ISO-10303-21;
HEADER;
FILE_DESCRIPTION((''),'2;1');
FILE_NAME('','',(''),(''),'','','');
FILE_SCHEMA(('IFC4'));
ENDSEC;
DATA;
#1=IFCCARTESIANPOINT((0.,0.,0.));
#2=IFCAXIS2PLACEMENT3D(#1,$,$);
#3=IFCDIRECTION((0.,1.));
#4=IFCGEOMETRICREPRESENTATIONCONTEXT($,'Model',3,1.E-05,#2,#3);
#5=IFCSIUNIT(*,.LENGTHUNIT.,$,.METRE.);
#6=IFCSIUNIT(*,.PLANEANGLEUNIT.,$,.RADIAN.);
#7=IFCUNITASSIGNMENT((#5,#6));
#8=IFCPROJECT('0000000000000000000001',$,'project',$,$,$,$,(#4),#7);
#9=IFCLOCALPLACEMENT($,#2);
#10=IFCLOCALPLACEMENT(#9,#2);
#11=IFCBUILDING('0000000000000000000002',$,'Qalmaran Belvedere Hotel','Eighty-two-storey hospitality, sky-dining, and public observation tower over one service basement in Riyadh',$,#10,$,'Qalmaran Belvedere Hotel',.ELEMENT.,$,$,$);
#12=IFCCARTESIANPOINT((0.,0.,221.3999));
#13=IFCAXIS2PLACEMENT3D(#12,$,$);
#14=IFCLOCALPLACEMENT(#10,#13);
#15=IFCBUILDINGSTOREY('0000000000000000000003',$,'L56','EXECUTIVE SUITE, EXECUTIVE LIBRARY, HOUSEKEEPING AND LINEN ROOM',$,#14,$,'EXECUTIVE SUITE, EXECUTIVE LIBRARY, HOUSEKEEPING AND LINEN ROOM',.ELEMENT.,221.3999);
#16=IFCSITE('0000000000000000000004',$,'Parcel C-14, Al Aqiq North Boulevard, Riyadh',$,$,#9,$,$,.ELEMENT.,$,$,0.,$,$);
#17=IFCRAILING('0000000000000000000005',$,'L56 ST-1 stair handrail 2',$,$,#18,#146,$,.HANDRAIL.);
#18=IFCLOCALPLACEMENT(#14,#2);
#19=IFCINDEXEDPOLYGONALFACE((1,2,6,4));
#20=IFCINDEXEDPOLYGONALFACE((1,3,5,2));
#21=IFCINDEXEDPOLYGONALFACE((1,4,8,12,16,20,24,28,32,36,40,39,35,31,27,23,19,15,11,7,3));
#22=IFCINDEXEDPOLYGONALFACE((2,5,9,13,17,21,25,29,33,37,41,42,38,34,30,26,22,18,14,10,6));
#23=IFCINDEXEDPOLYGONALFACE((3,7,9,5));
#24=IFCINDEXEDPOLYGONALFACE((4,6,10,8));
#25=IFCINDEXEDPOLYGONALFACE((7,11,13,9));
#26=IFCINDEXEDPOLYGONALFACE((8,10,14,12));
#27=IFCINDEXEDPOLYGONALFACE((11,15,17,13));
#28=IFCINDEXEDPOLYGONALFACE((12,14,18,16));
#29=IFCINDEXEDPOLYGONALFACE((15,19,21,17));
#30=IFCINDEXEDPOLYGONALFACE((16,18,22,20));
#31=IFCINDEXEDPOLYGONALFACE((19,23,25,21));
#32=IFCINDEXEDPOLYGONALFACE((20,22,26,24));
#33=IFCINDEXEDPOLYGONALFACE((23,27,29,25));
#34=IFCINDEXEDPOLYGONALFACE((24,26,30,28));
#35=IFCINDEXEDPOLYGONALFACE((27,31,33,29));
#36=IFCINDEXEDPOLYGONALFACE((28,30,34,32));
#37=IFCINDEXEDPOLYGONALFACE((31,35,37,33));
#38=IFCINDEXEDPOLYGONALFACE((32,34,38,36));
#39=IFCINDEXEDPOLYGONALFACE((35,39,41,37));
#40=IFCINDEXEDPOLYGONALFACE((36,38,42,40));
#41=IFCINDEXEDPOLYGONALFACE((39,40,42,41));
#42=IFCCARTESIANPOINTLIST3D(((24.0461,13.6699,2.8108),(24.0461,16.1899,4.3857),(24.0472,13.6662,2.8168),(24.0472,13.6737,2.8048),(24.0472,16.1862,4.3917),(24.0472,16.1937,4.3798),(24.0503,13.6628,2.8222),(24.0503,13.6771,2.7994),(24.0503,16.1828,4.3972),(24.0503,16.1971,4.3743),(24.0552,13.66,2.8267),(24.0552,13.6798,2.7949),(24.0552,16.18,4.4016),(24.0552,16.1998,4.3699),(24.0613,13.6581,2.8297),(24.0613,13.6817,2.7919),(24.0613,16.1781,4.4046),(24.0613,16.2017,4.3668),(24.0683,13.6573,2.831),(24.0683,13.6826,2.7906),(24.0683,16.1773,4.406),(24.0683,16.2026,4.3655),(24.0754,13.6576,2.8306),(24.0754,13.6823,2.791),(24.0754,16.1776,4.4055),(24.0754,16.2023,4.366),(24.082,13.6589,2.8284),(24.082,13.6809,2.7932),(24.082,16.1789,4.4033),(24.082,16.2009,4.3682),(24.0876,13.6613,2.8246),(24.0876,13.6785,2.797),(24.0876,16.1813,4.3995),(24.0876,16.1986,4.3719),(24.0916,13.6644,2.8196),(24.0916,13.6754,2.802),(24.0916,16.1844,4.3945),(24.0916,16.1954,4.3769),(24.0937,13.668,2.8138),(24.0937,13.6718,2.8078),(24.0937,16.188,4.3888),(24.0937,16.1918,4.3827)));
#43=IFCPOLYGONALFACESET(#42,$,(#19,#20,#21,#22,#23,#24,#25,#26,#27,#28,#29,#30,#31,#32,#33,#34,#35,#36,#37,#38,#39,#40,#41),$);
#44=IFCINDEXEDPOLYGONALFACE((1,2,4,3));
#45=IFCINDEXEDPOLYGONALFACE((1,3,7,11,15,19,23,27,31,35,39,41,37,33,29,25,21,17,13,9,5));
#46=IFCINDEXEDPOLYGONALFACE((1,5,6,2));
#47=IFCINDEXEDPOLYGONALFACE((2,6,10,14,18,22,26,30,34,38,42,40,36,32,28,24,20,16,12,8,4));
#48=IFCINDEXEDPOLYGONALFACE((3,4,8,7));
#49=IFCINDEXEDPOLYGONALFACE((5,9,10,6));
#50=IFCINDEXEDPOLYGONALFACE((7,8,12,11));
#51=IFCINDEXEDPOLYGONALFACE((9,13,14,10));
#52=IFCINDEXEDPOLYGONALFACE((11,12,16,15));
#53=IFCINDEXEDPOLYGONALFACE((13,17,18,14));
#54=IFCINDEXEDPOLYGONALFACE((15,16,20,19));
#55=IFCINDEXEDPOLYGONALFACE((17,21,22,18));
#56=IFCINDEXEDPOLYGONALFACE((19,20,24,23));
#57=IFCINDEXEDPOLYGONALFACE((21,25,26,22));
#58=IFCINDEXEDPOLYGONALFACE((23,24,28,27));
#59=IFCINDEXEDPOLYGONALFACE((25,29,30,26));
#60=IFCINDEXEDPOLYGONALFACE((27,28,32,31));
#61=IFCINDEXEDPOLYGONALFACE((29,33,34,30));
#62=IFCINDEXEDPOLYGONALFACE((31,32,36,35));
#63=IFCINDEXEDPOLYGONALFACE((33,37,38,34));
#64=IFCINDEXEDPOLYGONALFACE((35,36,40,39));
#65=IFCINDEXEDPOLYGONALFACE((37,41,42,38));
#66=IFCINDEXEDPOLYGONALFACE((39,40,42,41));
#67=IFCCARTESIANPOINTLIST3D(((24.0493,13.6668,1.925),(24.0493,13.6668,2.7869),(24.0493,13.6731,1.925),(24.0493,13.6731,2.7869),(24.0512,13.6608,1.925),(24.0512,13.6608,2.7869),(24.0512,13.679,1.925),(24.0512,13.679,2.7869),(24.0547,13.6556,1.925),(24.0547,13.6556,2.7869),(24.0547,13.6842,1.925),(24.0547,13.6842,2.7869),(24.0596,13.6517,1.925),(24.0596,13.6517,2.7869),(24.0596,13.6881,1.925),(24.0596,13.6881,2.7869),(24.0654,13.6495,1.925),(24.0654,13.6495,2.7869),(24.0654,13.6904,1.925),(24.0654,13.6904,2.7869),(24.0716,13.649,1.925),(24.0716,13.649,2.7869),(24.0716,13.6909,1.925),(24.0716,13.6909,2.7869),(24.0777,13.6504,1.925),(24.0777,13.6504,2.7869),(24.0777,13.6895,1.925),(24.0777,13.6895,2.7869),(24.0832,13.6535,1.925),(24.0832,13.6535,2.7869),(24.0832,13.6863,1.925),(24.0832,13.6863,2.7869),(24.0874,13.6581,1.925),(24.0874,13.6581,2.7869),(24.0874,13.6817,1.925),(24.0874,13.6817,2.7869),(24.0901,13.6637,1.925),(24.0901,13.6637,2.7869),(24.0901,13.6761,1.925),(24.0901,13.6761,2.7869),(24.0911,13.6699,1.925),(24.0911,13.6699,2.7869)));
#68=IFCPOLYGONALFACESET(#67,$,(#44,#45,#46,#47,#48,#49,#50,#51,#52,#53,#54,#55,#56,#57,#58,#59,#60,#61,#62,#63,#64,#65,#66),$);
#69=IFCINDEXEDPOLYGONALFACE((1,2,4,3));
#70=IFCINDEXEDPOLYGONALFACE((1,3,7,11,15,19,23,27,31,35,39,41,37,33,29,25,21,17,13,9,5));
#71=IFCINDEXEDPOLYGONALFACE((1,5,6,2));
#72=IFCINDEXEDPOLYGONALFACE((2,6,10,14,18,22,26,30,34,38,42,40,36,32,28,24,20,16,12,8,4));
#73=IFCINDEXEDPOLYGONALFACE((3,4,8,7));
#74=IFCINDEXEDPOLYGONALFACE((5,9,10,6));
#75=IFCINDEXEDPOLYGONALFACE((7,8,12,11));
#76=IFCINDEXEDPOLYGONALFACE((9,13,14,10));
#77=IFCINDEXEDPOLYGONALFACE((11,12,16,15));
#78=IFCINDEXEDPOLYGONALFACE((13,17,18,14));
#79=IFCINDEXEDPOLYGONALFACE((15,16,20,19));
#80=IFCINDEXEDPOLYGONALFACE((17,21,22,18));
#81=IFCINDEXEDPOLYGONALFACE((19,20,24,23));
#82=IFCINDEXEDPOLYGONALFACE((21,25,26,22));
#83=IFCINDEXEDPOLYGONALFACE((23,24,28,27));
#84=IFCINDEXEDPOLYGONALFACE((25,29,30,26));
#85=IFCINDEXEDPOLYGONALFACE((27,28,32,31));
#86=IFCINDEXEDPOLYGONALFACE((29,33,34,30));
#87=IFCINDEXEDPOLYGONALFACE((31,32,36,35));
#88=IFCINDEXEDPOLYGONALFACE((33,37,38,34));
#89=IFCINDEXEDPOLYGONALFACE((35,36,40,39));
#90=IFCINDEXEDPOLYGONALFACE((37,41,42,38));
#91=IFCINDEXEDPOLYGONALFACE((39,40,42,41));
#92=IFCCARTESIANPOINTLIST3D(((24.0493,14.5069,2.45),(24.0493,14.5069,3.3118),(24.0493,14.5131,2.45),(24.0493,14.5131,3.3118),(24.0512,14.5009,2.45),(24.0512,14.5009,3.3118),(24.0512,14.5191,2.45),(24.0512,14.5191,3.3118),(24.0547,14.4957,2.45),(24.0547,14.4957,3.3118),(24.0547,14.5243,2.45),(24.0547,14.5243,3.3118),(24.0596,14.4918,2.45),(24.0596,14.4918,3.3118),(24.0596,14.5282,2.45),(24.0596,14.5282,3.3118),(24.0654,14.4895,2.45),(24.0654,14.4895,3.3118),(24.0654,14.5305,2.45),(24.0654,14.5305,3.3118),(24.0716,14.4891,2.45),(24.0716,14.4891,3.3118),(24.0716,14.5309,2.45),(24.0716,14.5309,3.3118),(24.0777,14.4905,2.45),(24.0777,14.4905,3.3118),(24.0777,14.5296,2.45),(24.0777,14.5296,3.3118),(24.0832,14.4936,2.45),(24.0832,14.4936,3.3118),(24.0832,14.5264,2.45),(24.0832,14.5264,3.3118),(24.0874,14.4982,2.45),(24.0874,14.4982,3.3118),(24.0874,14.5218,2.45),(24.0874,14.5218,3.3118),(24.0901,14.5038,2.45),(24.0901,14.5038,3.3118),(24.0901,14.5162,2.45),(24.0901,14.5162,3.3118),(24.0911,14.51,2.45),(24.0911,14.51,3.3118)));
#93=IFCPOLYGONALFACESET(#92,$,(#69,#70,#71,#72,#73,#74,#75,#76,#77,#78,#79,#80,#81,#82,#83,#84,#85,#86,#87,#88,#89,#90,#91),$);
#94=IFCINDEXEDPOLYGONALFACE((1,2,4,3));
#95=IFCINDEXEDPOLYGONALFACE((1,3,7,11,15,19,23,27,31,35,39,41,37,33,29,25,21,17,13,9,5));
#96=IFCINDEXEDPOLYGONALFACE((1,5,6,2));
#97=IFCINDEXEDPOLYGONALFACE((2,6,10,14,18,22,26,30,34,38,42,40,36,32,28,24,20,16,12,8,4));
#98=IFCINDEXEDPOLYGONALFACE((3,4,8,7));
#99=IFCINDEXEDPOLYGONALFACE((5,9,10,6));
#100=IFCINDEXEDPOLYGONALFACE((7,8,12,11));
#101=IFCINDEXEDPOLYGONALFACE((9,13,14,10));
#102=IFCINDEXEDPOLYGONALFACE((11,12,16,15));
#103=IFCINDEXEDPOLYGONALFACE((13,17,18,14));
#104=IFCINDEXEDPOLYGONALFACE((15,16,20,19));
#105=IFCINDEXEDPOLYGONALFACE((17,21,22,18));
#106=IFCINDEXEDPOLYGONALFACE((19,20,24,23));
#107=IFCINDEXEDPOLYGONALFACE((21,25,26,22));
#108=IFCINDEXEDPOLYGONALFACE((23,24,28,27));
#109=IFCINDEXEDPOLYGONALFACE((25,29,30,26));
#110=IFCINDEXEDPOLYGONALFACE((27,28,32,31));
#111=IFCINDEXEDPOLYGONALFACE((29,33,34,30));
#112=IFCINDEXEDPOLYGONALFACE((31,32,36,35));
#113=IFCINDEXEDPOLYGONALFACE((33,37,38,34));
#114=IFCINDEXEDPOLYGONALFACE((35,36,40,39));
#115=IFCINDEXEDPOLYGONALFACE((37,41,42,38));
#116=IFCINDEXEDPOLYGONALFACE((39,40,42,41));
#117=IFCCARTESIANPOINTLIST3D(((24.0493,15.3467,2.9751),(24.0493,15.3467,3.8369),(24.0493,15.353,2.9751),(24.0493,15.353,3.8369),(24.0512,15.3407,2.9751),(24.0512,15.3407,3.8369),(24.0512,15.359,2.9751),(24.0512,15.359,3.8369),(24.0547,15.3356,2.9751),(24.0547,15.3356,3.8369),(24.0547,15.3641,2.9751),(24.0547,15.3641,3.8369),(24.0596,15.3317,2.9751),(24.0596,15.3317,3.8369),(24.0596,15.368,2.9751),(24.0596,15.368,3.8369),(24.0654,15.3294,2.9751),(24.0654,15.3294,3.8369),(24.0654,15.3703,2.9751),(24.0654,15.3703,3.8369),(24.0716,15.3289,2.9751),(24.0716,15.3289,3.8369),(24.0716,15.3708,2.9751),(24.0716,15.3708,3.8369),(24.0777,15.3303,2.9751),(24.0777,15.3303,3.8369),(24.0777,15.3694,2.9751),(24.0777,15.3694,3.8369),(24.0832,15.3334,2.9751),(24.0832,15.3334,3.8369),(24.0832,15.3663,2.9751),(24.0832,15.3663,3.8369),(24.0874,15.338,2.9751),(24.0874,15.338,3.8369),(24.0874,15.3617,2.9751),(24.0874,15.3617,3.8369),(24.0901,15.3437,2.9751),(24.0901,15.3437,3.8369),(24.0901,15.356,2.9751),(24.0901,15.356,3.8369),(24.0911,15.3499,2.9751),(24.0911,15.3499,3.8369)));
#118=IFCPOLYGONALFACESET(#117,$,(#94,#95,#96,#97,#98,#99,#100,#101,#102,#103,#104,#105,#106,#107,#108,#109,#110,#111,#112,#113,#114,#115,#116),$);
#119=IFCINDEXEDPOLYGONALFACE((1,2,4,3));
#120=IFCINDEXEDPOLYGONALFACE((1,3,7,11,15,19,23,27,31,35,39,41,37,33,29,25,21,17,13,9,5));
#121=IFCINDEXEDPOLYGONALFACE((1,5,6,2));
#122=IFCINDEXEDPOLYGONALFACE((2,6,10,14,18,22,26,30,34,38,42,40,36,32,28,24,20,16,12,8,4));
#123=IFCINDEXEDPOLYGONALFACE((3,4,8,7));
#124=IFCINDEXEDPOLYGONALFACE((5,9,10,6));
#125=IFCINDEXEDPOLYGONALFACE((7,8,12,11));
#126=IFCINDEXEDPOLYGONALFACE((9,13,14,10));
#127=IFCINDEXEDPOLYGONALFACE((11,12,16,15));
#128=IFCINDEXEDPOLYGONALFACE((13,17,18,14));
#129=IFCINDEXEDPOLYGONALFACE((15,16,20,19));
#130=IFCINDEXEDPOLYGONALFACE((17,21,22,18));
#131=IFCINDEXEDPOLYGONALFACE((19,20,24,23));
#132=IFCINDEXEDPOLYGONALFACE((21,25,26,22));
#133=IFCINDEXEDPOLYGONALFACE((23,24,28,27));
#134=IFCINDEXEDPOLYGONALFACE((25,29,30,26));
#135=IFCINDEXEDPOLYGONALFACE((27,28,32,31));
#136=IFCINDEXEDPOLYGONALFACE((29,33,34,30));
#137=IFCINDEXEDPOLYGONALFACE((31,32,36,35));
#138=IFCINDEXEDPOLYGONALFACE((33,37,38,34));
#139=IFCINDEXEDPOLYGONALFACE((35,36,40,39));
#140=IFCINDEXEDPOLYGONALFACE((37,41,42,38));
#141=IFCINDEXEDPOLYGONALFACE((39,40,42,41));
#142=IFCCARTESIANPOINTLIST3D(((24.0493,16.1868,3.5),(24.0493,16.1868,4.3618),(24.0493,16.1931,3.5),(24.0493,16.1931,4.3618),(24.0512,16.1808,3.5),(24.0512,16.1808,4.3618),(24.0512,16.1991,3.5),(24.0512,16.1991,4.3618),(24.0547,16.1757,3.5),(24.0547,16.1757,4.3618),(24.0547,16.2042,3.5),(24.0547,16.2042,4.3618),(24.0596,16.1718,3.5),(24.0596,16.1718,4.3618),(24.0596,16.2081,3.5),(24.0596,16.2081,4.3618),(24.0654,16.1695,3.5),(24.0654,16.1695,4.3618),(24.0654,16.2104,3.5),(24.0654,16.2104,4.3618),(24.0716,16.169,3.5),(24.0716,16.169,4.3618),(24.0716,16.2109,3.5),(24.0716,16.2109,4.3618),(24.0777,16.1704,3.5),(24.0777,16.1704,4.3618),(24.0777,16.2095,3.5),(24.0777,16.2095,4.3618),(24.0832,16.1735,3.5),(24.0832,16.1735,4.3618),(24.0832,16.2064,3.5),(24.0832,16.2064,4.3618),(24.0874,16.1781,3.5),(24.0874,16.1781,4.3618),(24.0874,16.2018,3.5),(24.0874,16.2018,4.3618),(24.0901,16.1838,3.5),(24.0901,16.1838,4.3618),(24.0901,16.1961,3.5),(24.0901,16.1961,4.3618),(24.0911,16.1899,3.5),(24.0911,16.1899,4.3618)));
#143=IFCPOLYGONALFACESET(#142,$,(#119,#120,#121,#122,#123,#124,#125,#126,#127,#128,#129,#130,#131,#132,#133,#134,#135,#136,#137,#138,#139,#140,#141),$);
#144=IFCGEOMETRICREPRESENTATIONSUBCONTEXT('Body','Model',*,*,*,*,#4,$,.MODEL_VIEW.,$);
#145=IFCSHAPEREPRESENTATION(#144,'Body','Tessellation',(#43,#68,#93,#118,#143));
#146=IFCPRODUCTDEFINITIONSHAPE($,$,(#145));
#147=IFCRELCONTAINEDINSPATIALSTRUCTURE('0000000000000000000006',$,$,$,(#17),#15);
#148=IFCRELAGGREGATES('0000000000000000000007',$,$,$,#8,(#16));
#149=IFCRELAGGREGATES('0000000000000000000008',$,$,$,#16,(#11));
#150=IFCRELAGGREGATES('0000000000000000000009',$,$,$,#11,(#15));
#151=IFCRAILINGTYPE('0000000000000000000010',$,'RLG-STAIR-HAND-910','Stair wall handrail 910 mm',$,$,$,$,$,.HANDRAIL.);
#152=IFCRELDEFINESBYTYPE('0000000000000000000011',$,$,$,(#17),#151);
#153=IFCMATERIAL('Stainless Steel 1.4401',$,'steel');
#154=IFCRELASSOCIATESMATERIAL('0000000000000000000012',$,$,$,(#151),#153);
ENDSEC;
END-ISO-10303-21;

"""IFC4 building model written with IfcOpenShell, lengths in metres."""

from ifc_helpers import new_model, si_unit, direction, frame, origin, origin_2d, place, context, subcontext, project, spatial, circle, extrude, material, type_object, element, save


model = new_model("IFC4")

# Units and contexts
model_context = context("Model", 3, precision=1e-05, world=origin(), true_north=direction((0.0, 1.0)))
body_context = subcontext(model_context, "Body", "Model", "MODEL_VIEW")
ifc_project = project(units=[si_unit("LENGTHUNIT", "METRE"), si_unit("PLANEANGLEUNIT", "RADIAN")], contexts=[model_context])

# Site, building, storey
site_placement = place(None, origin())
site = spatial("IfcSite", under=ifc_project, at=site_placement, Name="Parcel C-14, Al Aqiq North Boulevard, Riyadh", CompositionType="ELEMENT", RefElevation=0.0)
building_placement = place(site_placement, origin())
building = spatial("IfcBuilding", under=site, at=building_placement, Name="Qalmaran Belvedere Hotel", Description="Eighty-two-storey hospitality, sky-dining, and public observation tower over one service basement in Riyadh", LongName="Qalmaran Belvedere Hotel", CompositionType="ELEMENT")
storey_placement = place(building_placement, frame((0.0, 0.0, 221.3999)))
storey = spatial("IfcBuildingStorey", under=building, at=storey_placement, Name="L56", Description="EXECUTIVE SUITE, EXECUTIVE LIBRARY, HOUSEKEEPING AND LINEN ROOM", LongName="EXECUTIVE SUITE, EXECUTIVE LIBRARY, HOUSEKEEPING AND LINEN ROOM", CompositionType="ELEMENT", Elevation=221.3999)

# Railing
ifc_material_1 = material(Name="Stainless Steel 1.4401", Category="steel")
railing_type_1 = type_object("IfcRailingType", Name="RLG-STAIR-HAND-910", Description="Stair wall handrail 910 mm", PredefinedType="HANDRAIL", material=ifc_material_1)
railing_1_placement = place(storey_placement, frame((24.0701, 13.6699, 1.925)))
element("IfcRailing", 1, at=railing_1_placement, inside=storey, type_object=railing_type_1, Name="L56 ST-1 stair handrail 2", PredefinedType="HANDRAIL", context=body_context, shape_type="SweptSolid", body=[
    extrude(circle(Radius=0.0239, at=origin_2d()), frame((0.0, 0.0, 0.8857), z_axis=(0.0, 0.848008, 0.529984), x_axis=(-1.0, 0.0, 0.0)), (0.0, 0.0, 1.0), 2.9717),
    extrude(circle(Radius=0.021, at=origin_2d()), origin(), (0.0, 0.0, 1.0), 0.8618),
    extrude(circle(Radius=0.021, at=origin_2d()), frame((0.0, 0.8401, 0.5249)), (0.0, 0.0, 1.0), 0.8618),
    extrude(circle(Radius=0.021, at=origin_2d()), frame((0.0, 1.6799, 1.05)), (0.0, 0.0, 1.0), 0.8618),
    extrude(circle(Radius=0.021, at=origin_2d()), frame((0.0, 2.52, 1.575)), (0.0, 0.0, 1.0), 0.8618),
])

save(model, "model.ifc")
